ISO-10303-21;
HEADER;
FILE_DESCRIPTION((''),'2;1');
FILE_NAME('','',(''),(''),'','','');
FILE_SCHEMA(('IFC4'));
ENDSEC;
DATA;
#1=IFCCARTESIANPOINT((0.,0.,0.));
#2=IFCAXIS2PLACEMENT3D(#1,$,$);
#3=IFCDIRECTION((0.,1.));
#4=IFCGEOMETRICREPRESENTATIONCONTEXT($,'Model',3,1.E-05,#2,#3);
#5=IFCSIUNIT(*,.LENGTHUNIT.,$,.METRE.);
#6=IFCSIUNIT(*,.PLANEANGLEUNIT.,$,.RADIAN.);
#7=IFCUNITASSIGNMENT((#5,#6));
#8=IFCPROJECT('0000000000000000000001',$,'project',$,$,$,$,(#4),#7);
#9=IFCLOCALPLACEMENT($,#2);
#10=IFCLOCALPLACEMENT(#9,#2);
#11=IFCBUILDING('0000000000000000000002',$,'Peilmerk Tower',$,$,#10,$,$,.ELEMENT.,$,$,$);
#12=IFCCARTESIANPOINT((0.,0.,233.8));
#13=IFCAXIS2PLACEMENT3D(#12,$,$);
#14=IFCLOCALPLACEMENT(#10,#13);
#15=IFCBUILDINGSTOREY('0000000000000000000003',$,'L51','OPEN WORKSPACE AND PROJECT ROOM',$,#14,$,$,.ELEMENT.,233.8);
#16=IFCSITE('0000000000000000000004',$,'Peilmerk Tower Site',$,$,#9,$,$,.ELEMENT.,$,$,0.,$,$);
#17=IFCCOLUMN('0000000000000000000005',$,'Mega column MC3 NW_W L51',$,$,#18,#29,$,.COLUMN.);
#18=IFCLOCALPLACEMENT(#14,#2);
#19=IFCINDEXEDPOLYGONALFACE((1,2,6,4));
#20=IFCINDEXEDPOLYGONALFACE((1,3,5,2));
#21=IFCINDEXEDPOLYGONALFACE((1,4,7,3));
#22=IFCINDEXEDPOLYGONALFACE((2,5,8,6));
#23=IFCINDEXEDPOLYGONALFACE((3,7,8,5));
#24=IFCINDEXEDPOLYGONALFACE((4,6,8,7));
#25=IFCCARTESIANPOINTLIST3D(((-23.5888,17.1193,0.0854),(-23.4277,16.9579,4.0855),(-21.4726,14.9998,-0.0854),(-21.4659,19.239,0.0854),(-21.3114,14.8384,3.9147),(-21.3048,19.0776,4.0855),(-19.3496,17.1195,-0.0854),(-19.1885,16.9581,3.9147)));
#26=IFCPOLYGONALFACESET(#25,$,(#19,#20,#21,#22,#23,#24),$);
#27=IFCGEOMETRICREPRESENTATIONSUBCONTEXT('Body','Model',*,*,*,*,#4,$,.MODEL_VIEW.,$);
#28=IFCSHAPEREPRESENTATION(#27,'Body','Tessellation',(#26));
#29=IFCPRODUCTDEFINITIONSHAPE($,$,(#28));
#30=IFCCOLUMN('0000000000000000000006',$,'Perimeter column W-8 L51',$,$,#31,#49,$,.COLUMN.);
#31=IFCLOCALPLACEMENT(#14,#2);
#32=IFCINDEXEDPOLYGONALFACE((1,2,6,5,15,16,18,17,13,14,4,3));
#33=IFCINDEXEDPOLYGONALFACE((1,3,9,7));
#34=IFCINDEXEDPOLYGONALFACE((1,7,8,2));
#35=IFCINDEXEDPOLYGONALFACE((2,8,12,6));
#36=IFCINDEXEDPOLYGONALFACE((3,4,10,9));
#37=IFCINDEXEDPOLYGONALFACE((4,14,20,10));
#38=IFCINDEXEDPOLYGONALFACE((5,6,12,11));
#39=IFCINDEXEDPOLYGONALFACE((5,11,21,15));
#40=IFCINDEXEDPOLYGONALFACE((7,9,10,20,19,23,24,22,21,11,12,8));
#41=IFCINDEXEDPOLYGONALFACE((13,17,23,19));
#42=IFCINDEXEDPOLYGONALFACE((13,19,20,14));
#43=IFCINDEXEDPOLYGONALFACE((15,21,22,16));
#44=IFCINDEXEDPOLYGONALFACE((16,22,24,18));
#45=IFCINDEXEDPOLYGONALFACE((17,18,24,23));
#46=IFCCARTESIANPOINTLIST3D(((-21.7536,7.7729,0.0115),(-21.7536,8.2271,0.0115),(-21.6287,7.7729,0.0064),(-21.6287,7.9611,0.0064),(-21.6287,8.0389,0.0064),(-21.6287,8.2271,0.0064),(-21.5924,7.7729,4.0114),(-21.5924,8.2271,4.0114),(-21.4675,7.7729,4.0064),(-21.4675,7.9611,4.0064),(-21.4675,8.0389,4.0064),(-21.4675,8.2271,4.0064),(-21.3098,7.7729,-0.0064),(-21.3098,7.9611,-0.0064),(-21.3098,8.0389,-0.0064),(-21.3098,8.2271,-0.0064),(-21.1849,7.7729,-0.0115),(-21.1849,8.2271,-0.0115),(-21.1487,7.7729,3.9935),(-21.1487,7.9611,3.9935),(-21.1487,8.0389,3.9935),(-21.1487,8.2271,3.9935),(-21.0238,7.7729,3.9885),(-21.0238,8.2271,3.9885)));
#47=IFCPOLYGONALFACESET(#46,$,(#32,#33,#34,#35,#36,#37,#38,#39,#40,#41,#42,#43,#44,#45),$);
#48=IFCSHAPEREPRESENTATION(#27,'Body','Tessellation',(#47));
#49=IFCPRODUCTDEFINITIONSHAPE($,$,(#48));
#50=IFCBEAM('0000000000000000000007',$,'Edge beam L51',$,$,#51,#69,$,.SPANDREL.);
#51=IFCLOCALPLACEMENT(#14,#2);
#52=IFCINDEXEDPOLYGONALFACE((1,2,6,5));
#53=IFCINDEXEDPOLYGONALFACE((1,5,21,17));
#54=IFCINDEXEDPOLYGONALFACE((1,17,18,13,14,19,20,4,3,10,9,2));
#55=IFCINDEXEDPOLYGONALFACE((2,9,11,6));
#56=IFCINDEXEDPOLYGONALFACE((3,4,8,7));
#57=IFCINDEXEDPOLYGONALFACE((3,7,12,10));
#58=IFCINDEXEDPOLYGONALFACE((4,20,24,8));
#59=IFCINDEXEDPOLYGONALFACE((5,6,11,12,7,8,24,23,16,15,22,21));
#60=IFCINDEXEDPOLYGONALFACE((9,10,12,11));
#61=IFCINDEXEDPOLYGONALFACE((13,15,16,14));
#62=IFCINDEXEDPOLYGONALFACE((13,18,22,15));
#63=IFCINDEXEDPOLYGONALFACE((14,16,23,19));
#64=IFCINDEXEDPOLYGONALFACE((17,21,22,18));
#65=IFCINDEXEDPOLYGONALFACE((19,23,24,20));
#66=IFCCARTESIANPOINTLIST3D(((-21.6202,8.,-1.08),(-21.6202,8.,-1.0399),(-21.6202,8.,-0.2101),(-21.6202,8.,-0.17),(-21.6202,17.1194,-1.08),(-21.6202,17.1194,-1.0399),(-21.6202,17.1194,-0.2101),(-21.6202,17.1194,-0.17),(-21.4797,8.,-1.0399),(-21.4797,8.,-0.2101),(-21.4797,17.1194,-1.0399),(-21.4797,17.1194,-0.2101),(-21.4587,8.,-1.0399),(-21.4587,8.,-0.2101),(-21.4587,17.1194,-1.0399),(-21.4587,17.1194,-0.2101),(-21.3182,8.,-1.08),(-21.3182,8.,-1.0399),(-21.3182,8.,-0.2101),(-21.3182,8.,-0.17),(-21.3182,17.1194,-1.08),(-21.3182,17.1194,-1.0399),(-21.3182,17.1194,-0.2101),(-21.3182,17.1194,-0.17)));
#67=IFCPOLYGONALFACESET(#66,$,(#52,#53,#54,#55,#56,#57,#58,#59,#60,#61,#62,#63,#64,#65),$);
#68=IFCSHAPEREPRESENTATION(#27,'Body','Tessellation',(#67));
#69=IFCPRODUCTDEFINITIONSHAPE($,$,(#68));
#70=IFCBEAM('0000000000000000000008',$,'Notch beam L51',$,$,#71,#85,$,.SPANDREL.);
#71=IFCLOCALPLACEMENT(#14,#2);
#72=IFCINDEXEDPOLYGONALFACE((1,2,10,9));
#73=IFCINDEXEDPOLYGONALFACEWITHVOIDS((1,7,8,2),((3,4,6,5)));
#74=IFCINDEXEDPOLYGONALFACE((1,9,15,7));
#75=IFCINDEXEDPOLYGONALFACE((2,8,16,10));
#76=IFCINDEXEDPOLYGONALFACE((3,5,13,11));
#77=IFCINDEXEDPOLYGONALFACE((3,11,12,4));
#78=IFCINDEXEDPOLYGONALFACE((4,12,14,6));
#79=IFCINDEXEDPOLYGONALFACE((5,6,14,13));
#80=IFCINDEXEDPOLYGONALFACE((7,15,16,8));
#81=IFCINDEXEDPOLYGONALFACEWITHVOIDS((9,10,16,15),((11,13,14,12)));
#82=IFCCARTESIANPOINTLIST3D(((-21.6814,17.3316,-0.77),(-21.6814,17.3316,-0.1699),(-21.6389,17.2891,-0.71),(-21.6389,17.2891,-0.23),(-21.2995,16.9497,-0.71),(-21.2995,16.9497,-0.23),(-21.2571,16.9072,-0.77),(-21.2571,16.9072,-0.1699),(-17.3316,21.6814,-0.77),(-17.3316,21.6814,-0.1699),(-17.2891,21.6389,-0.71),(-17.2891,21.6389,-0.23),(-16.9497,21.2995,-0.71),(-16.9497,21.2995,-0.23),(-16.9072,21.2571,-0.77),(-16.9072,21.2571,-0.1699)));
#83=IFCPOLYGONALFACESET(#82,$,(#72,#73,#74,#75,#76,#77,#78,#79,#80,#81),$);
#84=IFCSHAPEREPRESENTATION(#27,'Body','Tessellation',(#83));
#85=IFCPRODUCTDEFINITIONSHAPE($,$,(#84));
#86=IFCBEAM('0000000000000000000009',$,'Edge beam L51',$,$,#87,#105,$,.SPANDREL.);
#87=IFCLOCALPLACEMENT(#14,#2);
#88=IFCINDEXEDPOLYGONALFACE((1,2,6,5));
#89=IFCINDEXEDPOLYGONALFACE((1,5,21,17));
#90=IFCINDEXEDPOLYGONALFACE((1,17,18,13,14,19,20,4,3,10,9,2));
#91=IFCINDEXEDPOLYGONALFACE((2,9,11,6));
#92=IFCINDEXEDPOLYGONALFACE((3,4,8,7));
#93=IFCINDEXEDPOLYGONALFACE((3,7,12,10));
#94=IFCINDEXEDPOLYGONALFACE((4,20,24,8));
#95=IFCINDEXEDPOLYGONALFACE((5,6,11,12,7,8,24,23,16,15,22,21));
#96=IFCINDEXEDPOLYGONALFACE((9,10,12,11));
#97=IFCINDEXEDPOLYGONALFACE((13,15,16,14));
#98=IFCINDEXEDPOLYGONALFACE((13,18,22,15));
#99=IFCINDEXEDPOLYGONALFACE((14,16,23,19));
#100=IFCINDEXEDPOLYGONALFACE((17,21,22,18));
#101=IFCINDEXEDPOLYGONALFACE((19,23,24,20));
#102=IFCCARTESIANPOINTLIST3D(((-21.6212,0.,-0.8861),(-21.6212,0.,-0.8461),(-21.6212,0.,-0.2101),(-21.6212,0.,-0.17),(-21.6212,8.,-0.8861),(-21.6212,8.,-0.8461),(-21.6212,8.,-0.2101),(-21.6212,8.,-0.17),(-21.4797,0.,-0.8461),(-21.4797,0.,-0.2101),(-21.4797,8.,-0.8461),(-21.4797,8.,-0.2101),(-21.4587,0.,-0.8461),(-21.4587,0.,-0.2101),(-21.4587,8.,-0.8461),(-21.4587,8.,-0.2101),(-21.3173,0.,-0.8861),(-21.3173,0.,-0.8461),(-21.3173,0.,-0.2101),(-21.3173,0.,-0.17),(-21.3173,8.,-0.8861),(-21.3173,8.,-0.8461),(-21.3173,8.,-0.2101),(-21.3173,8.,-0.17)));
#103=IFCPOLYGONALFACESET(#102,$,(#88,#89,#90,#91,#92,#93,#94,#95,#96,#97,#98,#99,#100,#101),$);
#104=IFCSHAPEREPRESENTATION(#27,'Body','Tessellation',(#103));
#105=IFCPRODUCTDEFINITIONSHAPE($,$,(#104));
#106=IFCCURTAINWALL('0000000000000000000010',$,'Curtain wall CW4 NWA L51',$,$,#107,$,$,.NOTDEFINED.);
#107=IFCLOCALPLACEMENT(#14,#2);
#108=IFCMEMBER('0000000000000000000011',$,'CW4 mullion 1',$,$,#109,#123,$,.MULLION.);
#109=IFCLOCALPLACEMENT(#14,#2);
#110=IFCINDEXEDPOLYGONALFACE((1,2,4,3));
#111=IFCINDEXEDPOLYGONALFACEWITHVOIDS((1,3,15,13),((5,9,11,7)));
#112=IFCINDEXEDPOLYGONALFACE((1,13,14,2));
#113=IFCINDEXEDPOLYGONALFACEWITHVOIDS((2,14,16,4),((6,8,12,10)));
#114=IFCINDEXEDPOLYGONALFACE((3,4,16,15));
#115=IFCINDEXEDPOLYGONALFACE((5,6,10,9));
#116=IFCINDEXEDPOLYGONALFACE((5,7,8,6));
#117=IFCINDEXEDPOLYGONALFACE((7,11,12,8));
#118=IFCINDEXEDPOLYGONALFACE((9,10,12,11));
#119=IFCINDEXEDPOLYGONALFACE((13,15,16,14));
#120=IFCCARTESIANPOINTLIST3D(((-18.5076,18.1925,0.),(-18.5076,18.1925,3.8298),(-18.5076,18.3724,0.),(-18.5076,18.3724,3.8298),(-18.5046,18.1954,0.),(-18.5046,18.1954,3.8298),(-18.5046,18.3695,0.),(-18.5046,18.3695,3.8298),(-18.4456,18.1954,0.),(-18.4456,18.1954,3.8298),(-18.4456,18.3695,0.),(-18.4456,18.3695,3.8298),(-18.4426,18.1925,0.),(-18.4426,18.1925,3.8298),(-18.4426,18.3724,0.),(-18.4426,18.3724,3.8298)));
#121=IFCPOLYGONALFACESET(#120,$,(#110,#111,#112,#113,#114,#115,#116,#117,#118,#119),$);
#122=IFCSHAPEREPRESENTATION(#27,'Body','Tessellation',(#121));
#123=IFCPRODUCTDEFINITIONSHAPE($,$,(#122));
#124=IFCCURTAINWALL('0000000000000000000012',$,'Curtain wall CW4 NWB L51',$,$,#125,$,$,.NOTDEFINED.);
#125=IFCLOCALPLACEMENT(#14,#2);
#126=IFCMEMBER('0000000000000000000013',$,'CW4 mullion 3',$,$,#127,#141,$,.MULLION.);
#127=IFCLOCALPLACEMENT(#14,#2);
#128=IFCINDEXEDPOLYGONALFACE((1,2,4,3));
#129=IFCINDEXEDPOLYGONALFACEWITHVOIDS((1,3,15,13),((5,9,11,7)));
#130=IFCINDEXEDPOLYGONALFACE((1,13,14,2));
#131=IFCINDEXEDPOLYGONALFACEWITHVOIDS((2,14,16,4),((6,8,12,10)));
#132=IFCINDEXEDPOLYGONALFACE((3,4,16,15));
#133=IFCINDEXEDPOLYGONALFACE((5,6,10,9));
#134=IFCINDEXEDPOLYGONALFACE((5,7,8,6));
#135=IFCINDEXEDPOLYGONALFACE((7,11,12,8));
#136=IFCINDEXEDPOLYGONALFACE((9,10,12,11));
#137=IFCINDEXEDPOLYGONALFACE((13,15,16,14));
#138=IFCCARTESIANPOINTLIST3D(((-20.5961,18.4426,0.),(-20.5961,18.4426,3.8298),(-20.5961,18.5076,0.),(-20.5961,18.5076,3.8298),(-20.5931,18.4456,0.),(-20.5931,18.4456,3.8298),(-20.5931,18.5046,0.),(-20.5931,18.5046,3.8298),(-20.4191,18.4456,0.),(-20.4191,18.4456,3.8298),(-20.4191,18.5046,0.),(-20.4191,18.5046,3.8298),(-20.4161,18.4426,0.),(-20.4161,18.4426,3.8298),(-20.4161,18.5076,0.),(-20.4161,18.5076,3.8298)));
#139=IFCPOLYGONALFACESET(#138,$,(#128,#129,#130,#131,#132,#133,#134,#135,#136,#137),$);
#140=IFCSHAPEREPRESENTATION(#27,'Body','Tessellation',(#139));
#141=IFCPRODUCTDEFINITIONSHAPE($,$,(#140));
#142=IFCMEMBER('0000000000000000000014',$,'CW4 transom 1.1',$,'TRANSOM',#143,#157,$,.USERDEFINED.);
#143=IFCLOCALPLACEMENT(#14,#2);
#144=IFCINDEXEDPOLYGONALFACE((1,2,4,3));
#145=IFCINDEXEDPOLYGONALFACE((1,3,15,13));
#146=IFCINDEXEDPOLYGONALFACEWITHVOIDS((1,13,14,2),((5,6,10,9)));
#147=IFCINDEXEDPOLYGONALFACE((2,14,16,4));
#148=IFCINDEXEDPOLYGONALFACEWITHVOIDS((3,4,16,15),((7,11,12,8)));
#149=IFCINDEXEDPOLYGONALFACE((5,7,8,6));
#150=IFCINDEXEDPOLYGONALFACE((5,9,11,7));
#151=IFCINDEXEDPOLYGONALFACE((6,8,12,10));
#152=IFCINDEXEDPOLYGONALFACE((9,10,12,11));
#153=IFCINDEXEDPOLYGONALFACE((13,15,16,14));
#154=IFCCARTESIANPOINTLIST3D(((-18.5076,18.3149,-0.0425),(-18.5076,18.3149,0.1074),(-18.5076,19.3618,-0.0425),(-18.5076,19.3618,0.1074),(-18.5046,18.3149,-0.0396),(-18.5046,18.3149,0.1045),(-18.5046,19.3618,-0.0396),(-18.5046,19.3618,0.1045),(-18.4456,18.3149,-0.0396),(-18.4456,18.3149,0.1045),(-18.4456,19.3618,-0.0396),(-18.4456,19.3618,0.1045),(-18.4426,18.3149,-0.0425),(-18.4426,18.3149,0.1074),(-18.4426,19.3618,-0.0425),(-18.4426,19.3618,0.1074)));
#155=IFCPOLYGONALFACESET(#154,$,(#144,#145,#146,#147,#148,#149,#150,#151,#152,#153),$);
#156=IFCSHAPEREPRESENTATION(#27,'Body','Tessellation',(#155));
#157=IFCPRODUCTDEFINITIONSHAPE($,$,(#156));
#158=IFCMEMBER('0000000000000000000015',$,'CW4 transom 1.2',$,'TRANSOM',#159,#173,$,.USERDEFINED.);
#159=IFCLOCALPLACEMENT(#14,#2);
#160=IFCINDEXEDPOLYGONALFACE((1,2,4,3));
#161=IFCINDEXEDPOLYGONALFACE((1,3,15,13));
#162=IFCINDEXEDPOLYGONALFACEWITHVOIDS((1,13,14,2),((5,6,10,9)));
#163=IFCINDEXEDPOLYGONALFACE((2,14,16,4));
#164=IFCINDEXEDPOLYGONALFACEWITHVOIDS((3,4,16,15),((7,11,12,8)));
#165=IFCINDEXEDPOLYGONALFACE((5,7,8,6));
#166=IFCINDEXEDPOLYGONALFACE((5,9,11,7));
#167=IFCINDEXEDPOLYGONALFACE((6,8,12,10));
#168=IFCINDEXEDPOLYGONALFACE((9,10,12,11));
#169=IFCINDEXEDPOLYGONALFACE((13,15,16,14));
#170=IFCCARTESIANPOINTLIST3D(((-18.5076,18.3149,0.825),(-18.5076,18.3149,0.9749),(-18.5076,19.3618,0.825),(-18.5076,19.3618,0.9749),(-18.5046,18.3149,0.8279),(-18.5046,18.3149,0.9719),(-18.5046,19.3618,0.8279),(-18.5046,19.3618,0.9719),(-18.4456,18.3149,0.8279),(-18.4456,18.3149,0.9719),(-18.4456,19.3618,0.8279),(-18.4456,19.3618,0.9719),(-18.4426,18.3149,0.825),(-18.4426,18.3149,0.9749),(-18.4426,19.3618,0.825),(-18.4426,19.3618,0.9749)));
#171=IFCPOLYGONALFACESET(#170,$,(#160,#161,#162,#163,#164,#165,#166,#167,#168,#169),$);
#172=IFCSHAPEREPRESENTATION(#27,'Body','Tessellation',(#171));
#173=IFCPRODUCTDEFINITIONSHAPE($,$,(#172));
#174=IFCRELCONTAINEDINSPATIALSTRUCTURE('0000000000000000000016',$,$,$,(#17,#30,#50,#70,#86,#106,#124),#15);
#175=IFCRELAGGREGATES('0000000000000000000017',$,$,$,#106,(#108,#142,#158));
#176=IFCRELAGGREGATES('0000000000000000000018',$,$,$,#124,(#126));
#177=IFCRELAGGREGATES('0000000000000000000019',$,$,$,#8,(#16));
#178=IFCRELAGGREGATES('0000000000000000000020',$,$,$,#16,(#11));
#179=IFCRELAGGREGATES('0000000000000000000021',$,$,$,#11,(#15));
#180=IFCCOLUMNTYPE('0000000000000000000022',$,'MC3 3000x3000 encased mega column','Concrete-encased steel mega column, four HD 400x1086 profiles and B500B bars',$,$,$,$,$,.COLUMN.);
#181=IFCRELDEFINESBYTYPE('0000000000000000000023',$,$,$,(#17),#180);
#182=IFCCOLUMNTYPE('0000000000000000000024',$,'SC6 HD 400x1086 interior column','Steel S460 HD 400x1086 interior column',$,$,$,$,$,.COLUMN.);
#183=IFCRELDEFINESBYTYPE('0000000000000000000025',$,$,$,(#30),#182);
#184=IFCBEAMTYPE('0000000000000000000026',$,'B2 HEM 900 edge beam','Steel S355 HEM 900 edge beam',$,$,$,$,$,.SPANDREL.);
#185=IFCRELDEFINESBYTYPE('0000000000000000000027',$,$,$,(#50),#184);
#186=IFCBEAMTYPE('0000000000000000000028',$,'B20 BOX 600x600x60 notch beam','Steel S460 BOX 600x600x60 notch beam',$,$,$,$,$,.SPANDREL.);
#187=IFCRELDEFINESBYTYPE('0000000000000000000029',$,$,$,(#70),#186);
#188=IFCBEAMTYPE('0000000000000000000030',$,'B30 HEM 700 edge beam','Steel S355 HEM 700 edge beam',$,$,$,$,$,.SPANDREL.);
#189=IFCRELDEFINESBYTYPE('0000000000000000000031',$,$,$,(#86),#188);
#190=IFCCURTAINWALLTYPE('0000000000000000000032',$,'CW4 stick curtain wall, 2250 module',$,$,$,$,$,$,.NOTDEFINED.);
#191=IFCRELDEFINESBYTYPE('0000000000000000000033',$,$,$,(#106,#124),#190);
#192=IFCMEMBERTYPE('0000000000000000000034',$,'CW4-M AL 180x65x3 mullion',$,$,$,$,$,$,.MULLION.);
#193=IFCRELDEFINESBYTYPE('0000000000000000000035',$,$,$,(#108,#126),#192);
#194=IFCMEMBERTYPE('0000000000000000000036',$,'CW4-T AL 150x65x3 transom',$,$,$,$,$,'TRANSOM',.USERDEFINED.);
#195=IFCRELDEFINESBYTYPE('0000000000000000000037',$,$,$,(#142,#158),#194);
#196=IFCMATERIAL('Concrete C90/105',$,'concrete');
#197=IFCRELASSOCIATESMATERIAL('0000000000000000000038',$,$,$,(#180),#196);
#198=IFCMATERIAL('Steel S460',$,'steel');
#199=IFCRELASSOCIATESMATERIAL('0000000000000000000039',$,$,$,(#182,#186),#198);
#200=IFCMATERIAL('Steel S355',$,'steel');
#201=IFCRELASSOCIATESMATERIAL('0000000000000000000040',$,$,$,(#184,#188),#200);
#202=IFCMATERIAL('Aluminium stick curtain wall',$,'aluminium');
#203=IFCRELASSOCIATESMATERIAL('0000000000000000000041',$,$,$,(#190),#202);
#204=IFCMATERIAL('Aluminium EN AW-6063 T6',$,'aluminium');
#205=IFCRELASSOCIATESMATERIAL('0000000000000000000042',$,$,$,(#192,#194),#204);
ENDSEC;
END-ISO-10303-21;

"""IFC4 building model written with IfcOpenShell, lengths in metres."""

from ifc_helpers import new_model, si_unit, direction, frame, origin, origin_2d, place, context, subcontext, project, spatial, rectangle, hollow_rectangle, i_section, extrude, material, material_profile, profile_set, type_object, element, aggregate, save


model = new_model("IFC4")

# Units and contexts
model_context = context("Model", 3, precision=1e-05, world=origin(), true_north=direction((0.0, 1.0)))
body_context = subcontext(model_context, "Body", "Model", "MODEL_VIEW")
ifc_project = project(units=[si_unit("LENGTHUNIT", "METRE"), si_unit("PLANEANGLEUNIT", "RADIAN")], contexts=[model_context])

# Site, building, storey
site_placement = place(None, origin())
site = spatial("IfcSite", under=ifc_project, at=site_placement, Name="Peilmerk Tower Site", CompositionType="ELEMENT", RefElevation=0.0)
building_placement = place(site_placement, origin())
building = spatial("IfcBuilding", under=site, at=building_placement, Name="Peilmerk Tower", CompositionType="ELEMENT")
storey_placement = place(building_placement, frame((0.0, 0.0, 233.8)))
storey = spatial("IfcBuildingStorey", under=building, at=storey_placement, Name="L51", Description="OPEN WORKSPACE AND PROJECT ROOM", CompositionType="ELEMENT", Elevation=233.8)

# Columns
ifc_material_1 = material(Name="Concrete C90/105", Category="concrete")
ifc_material_profile_1 = material_profile(ifc_material_1, rectangle(XDim=3.0, YDim=3.0, at=origin_2d()), Name="RC 3000x3000")
ifc_profile_set_1 = profile_set([ifc_material_profile_1], Name="Concrete C90/105")
column_type_1 = type_object("IfcColumnType", Name="MC3 3000x3000 encased mega column", Description="Concrete-encased steel mega column, four HD 400x1086 profiles and B500B bars", PredefinedType="COLUMN", material=ifc_profile_set_1)
column_1_placement = place(storey_placement, frame((-21.4692, 17.1194, 0.0), z_axis=(0.040218, -0.040279, 0.998379), x_axis=(0.707642, 0.706571, 0.0)))
element("IfcColumn", 1, at=column_1_placement, inside=storey, type_object=column_type_1, Name="Mega column MC3 NW_W L51", PredefinedType="COLUMN", context=body_context, shape_type="SweptSolid", body=[
    extrude(rectangle(XDim=3.0, YDim=3.0, at=origin_2d()), origin(), (0.0, 0.0, 1.0), 4.0066),
])
ifc_material_2 = material(Name="Steel S460", Category="steel")
ifc_material_profile_2 = material_profile(ifc_material_2, i_section(OverallWidth=0.4541, OverallDepth=0.5691, WebThickness=0.0779, FlangeThickness=0.125, at=origin_2d()), Name="HD 400x1086")
ifc_profile_set_2 = profile_set([ifc_material_profile_2], Name="Steel S460")
column_type_2 = type_object("IfcColumnType", Name="SC6 HD 400x1086 interior column", Description="Steel S460 HD 400x1086 interior column", PredefinedType="COLUMN", material=ifc_profile_set_2)
column_2_placement = place(storey_placement, frame((-21.4692, 8.0, 0.0), z_axis=(0.040251, 0.0, 0.99919), x_axis=(0.0, 1.0, 0.0)))
element("IfcColumn", 2, at=column_2_placement, inside=storey, type_object=column_type_2, Name="Perimeter column W-8 L51", PredefinedType="COLUMN", context=body_context, shape_type="SweptSolid", body=[
    extrude(i_section(OverallWidth=0.4541, OverallDepth=0.5691, WebThickness=0.0779, FlangeThickness=0.125, at=origin_2d()), origin(), (0.0, 0.0, 1.0), 4.0032),
])

# Beams
ifc_material_3 = material(Name="Steel S355", Category="steel")
ifc_material_profile_3 = material_profile(ifc_material_3, i_section(OverallWidth=0.302, OverallDepth=0.9099, WebThickness=0.021, FlangeThickness=0.04, at=origin_2d()), Name="HEM 900")
ifc_profile_set_3 = profile_set([ifc_material_profile_3], Name="Steel S355")
beam_type_1 = type_object("IfcBeamType", Name="B2 HEM 900 edge beam", Description="Steel S355 HEM 900 edge beam", PredefinedType="SPANDREL", material=ifc_profile_set_3)
beam_1_placement = place(storey_placement, frame((-21.4692, 17.1194, -0.625), z_axis=(0.0, -1.0, 0.0), x_axis=(1.0, 0.0, 0.0)))
element("IfcBeam", 3, at=beam_1_placement, inside=storey, type_object=beam_type_1, Name="Edge beam L51", PredefinedType="SPANDREL", context=body_context, shape_type="SweptSolid", body=[
    extrude(i_section(OverallWidth=0.302, OverallDepth=0.9099, WebThickness=0.021, FlangeThickness=0.04, at=origin_2d()), origin(), (0.0, 0.0, 1.0), 9.1194),
])
ifc_material_profile_4 = material_profile(ifc_material_2, hollow_rectangle(XDim=0.6001, YDim=0.6001, WallThickness=0.0601, at=origin_2d()), Name="BOX 600x600x60")
ifc_profile_set_4 = profile_set([ifc_material_profile_4], Name="Steel S460")
beam_type_2 = type_object("IfcBeamType", Name="B20 BOX 600x600x60 notch beam", Description="Steel S460 BOX 600x600x60 notch beam", PredefinedType="SPANDREL", material=ifc_profile_set_4)
beam_2_placement = place(storey_placement, frame((-21.4692, 17.1194, -0.47), z_axis=(0.707107, 0.707107, 0.0), x_axis=(-0.707107, 0.707107, 0.0)))
element("IfcBeam", 4, at=beam_2_placement, inside=storey, type_object=beam_type_2, Name="Notch beam L51", PredefinedType="SPANDREL", context=body_context, shape_type="SweptSolid", body=[
    extrude(hollow_rectangle(XDim=0.6001, YDim=0.6001, WallThickness=0.0601, at=origin_2d()), origin(), (0.0, 0.0, 1.0), 6.1516),
])
ifc_material_profile_5 = material_profile(ifc_material_3, i_section(OverallWidth=0.304, OverallDepth=0.7161, WebThickness=0.021, FlangeThickness=0.04, at=origin_2d()), Name="HEM 700")
ifc_profile_set_5 = profile_set([ifc_material_profile_5], Name="Steel S355")
beam_type_3 = type_object("IfcBeamType", Name="B30 HEM 700 edge beam", Description="Steel S355 HEM 700 edge beam", PredefinedType="SPANDREL", material=ifc_profile_set_5)
beam_3_placement = place(storey_placement, frame((-21.4692, 8.0, -0.5281), z_axis=(0.0, -1.0, 0.0), x_axis=(1.0, 0.0, 0.0)))
element("IfcBeam", 5, at=beam_3_placement, inside=storey, type_object=beam_type_3, Name="Edge beam L51", PredefinedType="SPANDREL", context=body_context, shape_type="SweptSolid", body=[
    extrude(i_section(OverallWidth=0.304, OverallDepth=0.7161, WebThickness=0.021, FlangeThickness=0.04, at=origin_2d()), origin(), (0.0, 0.0, 1.0), 8.0),
])

# Curtain walls, members
ifc_material_4 = material(Name="Aluminium stick curtain wall", Category="aluminium")
curtain_wall_type = type_object("IfcCurtainWallType", Name="CW4 stick curtain wall, 2250 module", PredefinedType="NOTDEFINED", material=ifc_material_4)
curtain_wall_1_placement = place(storey_placement, origin())
curtain_wall_1 = element("IfcCurtainWall", 6, at=curtain_wall_1_placement, inside=storey, type_object=curtain_wall_type, Name="Curtain wall CW4 NWA L51", PredefinedType="NOTDEFINED")
ifc_material_5 = material(Name="Aluminium EN AW-6063 T6", Category="aluminium")
ifc_material_profile_6 = material_profile(ifc_material_5, hollow_rectangle(XDim=0.0649, YDim=0.1799, WallThickness=0.0029, at=origin_2d()), Name="AL 180x65x3")
ifc_profile_set_6 = profile_set([ifc_material_profile_6], Name="Aluminium EN AW-6063 T6")
member_type_1 = type_object("IfcMemberType", Name="CW4-M AL 180x65x3 mullion", PredefinedType="MULLION", material=ifc_profile_set_6)
member_1_placement = place(storey_placement, frame((-18.4751, 18.2825, 0.0), z_axis=(0.0, 0.0, 1.0), x_axis=(-1.0, 0.0, 0.0)))
member_1 = element("IfcMember", 7, at=member_1_placement, type_object=member_type_1, Name="CW4 mullion 1", PredefinedType="MULLION", context=body_context, shape_type="SweptSolid", body=[
    extrude(hollow_rectangle(XDim=0.0649, YDim=0.1799, WallThickness=0.0029, at=origin_2d()), origin(), (0.0, 0.0, 1.0), 3.8298),
])
curtain_wall_2_placement = place(storey_placement, origin())
curtain_wall_2 = element("IfcCurtainWall", 8, at=curtain_wall_2_placement, inside=storey, type_object=curtain_wall_type, Name="Curtain wall CW4 NWB L51", PredefinedType="NOTDEFINED")
member_2_placement = place(storey_placement, frame((-20.5061, 18.4751, 0.0), z_axis=(0.0, 0.0, 1.0), x_axis=(0.0, -1.0, 0.0)))
member_2 = element("IfcMember", 9, at=member_2_placement, type_object=member_type_1, Name="CW4 mullion 3", PredefinedType="MULLION", context=body_context, shape_type="SweptSolid", body=[
    extrude(hollow_rectangle(XDim=0.0649, YDim=0.1799, WallThickness=0.0029, at=origin_2d()), origin(), (0.0, 0.0, 1.0), 3.8298),
])

# Members
ifc_material_profile_7 = material_profile(ifc_material_5, hollow_rectangle(XDim=0.0649, YDim=0.1499, WallThickness=0.0029, at=origin_2d()), Name="AL 150x65x3")
ifc_profile_set_7 = profile_set([ifc_material_profile_7], Name="Aluminium EN AW-6063 T6")
member_type_2 = type_object("IfcMemberType", Name="CW4-T AL 150x65x3 transom", ElementType="TRANSOM", PredefinedType="USERDEFINED", material=ifc_profile_set_7)
member_3_placement = place(storey_placement, frame((-18.4751, 18.3149, 0.0325), z_axis=(0.0, 1.0, 0.0), x_axis=(-1.0, 0.0, 0.0)))
member_3 = element("IfcMember", 10, at=member_3_placement, type_object=member_type_2, Name="CW4 transom 1.1", ObjectType="TRANSOM", PredefinedType="USERDEFINED", context=body_context, shape_type="SweptSolid", body=[
    extrude(hollow_rectangle(XDim=0.0649, YDim=0.1499, WallThickness=0.0029, at=origin_2d()), origin(), (0.0, 0.0, 1.0), 1.0469),
])
member_4_placement = place(storey_placement, frame((-18.4751, 18.3149, 0.8999), z_axis=(0.0, 1.0, 0.0), x_axis=(-1.0, 0.0, 0.0)))
member_4 = element("IfcMember", 11, at=member_4_placement, type_object=member_type_2, Name="CW4 transom 1.2", ObjectType="TRANSOM", PredefinedType="USERDEFINED", context=body_context, shape_type="SweptSolid", body=[
    extrude(hollow_rectangle(XDim=0.0649, YDim=0.1499, WallThickness=0.0029, at=origin_2d()), origin(), (0.0, 0.0, 1.0), 1.0469),
])
aggregate(curtain_wall_1, [member_1, member_3, member_4])

aggregate(curtain_wall_2, [member_2])

save(model, "model.ifc")
